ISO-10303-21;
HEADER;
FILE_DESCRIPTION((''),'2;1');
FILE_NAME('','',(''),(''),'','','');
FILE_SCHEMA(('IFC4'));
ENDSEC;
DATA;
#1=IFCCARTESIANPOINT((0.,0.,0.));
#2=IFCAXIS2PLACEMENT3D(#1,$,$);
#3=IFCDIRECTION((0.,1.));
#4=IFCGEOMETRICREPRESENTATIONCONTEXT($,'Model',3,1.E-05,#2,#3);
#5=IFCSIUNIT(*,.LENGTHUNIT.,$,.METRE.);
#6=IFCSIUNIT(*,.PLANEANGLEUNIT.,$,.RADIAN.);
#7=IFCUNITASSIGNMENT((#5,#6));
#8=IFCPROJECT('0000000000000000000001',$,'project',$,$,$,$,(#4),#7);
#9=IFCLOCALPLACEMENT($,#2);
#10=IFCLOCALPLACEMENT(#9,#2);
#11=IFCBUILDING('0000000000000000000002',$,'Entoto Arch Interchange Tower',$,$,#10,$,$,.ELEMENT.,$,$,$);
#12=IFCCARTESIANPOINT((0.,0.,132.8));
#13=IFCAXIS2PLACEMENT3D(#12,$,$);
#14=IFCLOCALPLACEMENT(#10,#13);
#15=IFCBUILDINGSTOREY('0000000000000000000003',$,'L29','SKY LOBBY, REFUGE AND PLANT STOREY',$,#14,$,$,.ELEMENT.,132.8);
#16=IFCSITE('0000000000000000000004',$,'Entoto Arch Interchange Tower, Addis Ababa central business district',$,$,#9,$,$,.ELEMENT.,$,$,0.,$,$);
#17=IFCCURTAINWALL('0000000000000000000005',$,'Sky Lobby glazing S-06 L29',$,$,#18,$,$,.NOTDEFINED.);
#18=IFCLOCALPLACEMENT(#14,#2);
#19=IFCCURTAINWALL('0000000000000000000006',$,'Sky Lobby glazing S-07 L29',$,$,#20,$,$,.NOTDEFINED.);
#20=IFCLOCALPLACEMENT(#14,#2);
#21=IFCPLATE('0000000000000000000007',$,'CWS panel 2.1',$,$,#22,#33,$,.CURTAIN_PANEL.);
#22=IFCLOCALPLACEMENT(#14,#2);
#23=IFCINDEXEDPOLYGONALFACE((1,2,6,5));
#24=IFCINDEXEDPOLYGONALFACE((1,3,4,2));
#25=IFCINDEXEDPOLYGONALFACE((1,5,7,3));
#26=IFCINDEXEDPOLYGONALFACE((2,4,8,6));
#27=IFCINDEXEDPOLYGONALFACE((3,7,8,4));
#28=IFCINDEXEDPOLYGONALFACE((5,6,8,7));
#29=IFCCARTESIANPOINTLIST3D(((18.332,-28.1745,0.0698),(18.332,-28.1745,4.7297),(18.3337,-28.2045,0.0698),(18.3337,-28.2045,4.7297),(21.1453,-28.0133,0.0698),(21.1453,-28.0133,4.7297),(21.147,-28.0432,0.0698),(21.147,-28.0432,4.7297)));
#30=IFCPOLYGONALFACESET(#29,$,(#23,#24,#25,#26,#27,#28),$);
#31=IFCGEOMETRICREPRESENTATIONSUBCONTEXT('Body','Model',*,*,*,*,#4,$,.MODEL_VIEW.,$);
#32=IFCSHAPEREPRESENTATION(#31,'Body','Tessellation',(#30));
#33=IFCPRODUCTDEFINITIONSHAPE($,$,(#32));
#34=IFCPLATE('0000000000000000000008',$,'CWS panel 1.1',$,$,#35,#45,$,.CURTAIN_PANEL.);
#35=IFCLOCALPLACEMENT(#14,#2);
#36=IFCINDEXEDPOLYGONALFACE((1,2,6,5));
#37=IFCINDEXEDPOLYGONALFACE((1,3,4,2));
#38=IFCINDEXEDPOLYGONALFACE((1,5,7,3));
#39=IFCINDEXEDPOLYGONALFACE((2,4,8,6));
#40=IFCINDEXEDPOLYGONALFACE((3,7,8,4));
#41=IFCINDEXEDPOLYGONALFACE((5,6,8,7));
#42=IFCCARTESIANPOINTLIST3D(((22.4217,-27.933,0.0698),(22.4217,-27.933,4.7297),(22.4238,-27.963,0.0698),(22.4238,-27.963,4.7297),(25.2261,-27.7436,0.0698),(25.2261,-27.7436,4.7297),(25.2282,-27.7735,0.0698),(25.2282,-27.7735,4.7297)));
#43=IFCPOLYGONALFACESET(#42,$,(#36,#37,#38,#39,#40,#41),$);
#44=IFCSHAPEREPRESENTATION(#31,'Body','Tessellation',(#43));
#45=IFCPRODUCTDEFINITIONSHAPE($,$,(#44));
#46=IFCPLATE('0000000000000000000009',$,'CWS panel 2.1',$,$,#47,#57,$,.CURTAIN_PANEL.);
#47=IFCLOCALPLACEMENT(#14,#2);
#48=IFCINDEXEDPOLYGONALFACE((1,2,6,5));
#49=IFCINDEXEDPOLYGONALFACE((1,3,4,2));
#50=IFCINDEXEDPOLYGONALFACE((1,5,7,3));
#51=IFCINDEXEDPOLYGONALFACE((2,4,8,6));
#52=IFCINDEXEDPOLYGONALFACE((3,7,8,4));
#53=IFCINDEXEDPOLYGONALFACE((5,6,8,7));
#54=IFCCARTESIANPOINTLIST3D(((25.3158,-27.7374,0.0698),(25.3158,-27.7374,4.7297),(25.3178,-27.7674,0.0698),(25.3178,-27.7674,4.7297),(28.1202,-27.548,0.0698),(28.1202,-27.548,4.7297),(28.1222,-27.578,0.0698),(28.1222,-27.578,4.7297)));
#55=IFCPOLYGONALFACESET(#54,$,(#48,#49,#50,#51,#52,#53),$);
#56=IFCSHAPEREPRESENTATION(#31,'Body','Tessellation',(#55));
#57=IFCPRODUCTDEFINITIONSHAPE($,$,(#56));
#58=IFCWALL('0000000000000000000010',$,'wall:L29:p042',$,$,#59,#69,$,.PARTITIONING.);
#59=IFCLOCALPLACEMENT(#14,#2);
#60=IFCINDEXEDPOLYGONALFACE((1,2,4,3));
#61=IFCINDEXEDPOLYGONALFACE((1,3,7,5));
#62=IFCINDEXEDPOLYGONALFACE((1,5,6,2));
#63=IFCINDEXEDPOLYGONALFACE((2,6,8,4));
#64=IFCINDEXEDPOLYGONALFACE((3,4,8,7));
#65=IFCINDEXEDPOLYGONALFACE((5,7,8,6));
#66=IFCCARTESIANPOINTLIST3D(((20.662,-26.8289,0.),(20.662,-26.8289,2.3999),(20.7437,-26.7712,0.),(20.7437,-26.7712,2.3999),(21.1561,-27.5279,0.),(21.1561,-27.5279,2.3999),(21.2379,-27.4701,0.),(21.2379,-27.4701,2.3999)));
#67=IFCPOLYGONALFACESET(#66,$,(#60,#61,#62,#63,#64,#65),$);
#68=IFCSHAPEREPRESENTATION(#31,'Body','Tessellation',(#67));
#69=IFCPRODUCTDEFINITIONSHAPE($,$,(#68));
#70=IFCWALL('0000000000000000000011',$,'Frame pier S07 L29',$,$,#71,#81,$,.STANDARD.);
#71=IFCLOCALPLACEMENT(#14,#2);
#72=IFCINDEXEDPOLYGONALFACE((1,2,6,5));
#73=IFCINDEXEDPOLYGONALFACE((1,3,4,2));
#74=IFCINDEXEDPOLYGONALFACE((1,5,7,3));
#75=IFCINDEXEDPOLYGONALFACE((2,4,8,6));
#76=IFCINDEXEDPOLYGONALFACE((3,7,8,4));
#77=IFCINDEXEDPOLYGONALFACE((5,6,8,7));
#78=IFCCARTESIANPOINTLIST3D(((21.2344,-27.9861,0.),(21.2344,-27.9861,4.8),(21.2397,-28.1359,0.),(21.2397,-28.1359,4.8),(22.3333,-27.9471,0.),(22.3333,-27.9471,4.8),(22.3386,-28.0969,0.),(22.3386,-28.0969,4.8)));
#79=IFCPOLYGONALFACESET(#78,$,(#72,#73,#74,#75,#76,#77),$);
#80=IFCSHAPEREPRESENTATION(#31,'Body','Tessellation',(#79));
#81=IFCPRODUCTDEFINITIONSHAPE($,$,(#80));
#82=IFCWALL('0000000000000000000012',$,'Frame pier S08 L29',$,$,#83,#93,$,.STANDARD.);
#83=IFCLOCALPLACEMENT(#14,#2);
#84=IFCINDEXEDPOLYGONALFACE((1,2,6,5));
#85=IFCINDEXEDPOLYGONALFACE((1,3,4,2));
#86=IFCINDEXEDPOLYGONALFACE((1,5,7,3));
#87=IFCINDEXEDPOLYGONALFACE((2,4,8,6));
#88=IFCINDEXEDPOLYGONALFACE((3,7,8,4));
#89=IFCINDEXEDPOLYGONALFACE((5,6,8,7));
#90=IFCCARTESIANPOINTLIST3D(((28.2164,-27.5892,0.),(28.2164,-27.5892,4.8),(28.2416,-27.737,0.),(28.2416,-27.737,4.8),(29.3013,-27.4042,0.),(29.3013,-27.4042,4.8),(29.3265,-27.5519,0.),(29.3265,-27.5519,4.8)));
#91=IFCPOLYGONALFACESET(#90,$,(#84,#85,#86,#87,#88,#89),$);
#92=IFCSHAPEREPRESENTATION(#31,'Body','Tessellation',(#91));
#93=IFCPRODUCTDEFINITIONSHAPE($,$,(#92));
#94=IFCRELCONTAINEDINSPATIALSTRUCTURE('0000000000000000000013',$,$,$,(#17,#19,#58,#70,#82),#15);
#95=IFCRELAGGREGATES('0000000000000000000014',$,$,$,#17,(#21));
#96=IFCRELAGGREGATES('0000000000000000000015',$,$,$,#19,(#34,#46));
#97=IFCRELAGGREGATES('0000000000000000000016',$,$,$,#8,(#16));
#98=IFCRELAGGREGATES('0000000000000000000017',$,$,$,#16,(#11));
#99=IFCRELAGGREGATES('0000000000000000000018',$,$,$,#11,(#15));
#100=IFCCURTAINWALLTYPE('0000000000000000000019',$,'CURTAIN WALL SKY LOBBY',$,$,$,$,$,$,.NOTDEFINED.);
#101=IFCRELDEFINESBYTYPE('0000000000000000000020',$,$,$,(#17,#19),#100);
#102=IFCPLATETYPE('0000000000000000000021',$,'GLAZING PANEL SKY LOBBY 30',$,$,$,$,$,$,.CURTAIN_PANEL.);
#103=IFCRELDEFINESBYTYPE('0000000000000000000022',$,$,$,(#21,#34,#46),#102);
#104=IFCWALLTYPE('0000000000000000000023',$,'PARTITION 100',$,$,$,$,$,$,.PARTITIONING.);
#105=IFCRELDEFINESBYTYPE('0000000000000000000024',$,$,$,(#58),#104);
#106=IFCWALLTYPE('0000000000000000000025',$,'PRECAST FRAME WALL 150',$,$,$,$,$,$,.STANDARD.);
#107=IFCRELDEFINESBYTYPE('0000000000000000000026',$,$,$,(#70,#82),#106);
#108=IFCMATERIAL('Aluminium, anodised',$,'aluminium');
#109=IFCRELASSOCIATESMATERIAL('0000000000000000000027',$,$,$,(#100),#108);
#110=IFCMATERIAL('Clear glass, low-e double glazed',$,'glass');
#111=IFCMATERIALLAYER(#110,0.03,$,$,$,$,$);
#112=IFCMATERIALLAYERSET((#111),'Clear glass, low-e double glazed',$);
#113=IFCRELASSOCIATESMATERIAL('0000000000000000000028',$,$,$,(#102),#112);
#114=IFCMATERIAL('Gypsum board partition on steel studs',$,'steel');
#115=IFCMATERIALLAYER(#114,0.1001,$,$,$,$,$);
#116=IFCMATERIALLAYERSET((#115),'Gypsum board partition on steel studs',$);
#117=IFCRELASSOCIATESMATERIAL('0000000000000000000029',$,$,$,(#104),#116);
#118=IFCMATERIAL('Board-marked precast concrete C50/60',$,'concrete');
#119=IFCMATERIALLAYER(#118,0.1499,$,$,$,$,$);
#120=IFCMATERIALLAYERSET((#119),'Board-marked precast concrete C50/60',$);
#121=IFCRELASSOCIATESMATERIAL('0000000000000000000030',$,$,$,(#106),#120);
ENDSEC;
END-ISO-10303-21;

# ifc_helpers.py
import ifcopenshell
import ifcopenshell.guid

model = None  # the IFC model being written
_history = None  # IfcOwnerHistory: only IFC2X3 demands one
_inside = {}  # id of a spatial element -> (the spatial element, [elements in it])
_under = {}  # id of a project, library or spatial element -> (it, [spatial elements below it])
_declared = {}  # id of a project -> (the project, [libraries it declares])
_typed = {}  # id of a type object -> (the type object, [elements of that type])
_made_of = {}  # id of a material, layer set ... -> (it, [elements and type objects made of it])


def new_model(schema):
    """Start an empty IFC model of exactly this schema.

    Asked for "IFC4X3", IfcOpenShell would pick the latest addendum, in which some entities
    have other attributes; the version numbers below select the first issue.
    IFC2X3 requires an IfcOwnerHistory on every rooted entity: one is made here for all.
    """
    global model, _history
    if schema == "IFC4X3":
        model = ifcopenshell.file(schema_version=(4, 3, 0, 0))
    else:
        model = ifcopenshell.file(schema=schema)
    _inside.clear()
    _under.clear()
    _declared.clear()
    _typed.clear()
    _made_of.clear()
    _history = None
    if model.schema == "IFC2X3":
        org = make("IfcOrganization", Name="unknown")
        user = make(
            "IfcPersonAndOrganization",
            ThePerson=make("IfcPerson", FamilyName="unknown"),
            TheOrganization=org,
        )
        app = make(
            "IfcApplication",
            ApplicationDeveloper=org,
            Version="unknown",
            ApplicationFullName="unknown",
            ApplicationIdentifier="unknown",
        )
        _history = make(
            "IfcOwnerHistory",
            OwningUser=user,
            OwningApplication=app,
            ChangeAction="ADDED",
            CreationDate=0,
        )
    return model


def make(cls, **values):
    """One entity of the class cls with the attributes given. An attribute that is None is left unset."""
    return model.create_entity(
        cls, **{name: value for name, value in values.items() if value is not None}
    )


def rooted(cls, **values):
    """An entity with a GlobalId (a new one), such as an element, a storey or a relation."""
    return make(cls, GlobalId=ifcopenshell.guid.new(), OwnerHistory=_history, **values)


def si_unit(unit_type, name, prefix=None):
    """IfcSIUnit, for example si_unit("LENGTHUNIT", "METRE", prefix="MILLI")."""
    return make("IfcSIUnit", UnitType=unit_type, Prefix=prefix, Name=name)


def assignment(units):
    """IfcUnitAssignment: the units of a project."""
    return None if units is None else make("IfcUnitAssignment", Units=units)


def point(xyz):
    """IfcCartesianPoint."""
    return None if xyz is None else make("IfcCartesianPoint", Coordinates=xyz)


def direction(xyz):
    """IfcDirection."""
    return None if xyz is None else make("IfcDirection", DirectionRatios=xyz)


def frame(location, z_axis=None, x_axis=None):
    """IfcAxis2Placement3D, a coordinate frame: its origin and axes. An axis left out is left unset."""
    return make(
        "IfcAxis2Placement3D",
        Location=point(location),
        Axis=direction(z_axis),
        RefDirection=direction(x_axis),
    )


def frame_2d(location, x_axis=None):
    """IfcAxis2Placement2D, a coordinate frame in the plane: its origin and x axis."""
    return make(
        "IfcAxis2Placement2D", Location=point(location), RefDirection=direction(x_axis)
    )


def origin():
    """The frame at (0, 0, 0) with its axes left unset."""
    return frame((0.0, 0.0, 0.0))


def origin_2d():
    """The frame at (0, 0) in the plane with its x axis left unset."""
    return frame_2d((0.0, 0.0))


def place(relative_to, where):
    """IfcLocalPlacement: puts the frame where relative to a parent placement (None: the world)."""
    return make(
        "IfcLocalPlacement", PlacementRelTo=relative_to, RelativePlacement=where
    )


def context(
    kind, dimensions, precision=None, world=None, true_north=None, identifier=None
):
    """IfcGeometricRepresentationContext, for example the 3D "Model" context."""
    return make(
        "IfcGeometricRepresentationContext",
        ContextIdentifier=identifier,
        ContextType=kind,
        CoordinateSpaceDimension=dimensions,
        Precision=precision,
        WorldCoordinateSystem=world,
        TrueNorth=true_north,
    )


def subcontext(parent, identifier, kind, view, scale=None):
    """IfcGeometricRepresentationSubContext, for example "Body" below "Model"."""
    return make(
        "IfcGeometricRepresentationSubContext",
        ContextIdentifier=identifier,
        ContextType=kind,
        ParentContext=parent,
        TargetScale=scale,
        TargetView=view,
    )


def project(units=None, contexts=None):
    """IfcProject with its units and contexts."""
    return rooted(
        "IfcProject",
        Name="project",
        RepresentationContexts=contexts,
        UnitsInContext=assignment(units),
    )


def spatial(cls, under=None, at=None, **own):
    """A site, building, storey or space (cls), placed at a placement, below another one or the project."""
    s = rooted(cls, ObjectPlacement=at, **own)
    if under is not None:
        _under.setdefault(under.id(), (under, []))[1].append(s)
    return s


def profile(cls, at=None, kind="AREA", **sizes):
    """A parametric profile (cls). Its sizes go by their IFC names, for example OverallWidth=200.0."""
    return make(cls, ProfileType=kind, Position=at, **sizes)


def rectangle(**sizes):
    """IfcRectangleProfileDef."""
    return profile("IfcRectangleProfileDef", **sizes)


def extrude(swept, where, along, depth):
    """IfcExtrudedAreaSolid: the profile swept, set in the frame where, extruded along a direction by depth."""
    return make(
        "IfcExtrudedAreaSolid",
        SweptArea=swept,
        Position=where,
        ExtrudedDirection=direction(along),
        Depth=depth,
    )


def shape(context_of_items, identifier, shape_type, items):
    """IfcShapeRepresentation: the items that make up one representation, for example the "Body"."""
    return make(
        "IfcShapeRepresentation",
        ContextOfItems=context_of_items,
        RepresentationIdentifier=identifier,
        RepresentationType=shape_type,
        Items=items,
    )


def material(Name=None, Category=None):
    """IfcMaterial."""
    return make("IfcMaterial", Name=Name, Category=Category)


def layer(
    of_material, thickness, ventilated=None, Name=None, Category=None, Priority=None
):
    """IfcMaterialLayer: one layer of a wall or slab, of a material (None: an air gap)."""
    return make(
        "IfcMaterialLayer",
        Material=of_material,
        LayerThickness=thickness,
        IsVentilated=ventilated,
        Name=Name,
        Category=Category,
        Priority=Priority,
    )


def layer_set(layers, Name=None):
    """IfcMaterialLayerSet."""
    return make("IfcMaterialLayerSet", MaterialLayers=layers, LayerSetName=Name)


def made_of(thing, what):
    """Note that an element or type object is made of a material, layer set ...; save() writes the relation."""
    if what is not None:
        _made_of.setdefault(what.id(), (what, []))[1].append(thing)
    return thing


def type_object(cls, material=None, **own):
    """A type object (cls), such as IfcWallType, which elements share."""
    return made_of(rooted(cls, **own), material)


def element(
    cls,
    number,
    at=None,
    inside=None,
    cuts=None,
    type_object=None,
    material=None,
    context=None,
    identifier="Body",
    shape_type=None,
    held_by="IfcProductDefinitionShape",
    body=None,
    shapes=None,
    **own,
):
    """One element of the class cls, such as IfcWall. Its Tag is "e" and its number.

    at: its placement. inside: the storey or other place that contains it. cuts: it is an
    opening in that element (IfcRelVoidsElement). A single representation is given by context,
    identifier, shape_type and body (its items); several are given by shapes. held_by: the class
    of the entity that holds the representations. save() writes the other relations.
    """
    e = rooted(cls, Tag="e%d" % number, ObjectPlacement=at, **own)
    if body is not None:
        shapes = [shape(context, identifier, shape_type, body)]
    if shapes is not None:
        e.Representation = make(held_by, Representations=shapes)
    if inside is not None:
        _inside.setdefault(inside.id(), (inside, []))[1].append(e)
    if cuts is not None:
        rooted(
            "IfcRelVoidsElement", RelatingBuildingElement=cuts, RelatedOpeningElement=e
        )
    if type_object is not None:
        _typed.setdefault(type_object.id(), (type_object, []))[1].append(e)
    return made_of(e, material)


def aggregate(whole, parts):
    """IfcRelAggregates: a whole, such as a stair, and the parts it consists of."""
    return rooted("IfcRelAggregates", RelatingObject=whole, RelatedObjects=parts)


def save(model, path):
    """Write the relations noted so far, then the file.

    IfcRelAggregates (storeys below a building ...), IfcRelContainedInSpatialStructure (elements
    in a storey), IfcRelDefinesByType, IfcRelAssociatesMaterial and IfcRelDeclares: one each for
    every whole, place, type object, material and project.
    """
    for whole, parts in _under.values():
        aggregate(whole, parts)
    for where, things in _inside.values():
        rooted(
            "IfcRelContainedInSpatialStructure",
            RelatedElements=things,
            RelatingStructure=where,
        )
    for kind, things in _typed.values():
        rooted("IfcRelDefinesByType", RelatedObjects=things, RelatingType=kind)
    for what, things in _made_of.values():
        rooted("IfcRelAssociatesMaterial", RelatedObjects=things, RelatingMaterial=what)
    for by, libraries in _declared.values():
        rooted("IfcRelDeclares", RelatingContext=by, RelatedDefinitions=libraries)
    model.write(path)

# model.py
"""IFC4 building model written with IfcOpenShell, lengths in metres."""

from ifc_helpers import new_model, si_unit, direction, frame, frame_2d, origin, origin_2d, place, context, subcontext, project, spatial, rectangle, extrude, material, layer, layer_set, type_object, element, aggregate, save


model = new_model("IFC4")

# Units and contexts
model_context = context("Model", 3, precision=1e-05, world=origin(), true_north=direction((0.0, 1.0)))
body_context = subcontext(model_context, "Body", "Model", "MODEL_VIEW")
ifc_project = project(units=[si_unit("LENGTHUNIT", "METRE"), si_unit("PLANEANGLEUNIT", "RADIAN")], contexts=[model_context])

# Site, building, storey
site_placement = place(None, origin())
site = spatial("IfcSite", under=ifc_project, at=site_placement, Name="Entoto Arch Interchange Tower, Addis Ababa central business district", CompositionType="ELEMENT", RefElevation=0.0)
building_placement = place(site_placement, origin())
building = spatial("IfcBuilding", under=site, at=building_placement, Name="Entoto Arch Interchange Tower", CompositionType="ELEMENT")
storey_placement = place(building_placement, frame((0.0, 0.0, 132.8)))
storey = spatial("IfcBuildingStorey", under=building, at=storey_placement, Name="L29", Description="SKY LOBBY, REFUGE AND PLANT STOREY", CompositionType="ELEMENT", Elevation=132.8)

# Curtain wall
ifc_material_1 = material(Name="Aluminium, anodised", Category="aluminium")
curtain_wall_type = type_object("IfcCurtainWallType", Name="CURTAIN WALL SKY LOBBY", PredefinedType="NOTDEFINED", material=ifc_material_1)
curtain_wall_1_placement = place(storey_placement, origin())
curtain_wall_1 = element("IfcCurtainWall", 1, at=curtain_wall_1_placement, inside=storey, type_object=curtain_wall_type, Name="Sky Lobby glazing S-06 L29", PredefinedType="NOTDEFINED")

# Curtain wall
curtain_wall_2_placement = place(storey_placement, origin())
curtain_wall_2 = element("IfcCurtainWall", 2, at=curtain_wall_2_placement, inside=storey, type_object=curtain_wall_type, Name="Sky Lobby glazing S-07 L29", PredefinedType="NOTDEFINED")

# Plates
ifc_material_2 = material(Name="Clear glass, low-e double glazed", Category="glass")
ifc_layer_1 = layer(ifc_material_2, 0.03)
ifc_layer_set_1 = layer_set([ifc_layer_1], Name="Clear glass, low-e double glazed")
plate_type = type_object("IfcPlateType", Name="GLAZING PANEL SKY LOBBY 30", PredefinedType="CURTAIN_PANEL", material=ifc_layer_set_1)
plate_1_placement = place(storey_placement, frame((19.7395, -28.1089, 0.0698), z_axis=(0.0, 0.0, 1.0), x_axis=(0.998361, 0.057233, 0.0)))
plate_1 = element("IfcPlate", 3, at=plate_1_placement, type_object=plate_type, Name="CWS panel 2.1", PredefinedType="CURTAIN_PANEL", context=body_context, shape_type="SweptSolid", body=[
    extrude(rectangle(XDim=2.8179, YDim=0.03, at=origin_2d()), origin(), (0.0, 0.0, 1.0), 4.6599),
])
aggregate(curtain_wall_1, [plate_1])
plate_2_placement = place(storey_placement, frame((23.825, -27.8533, 0.0698), z_axis=(0.0, 0.0, 1.0), x_axis=(0.997727, 0.067386, 0.0)))
plate_2 = element("IfcPlate", 4, at=plate_2_placement, type_object=plate_type, Name="CWS panel 1.1", PredefinedType="CURTAIN_PANEL", context=body_context, shape_type="SweptSolid", body=[
    extrude(rectangle(XDim=2.8108, YDim=0.03, at=origin_2d()), origin(), (0.0, 0.0, 1.0), 4.6599),
])
plate_3_placement = place(storey_placement, frame((26.719, -27.6577, 0.0698), z_axis=(0.0, 0.0, 1.0), x_axis=(0.997727, 0.067386, 0.0)))
plate_3 = element("IfcPlate", 5, at=plate_3_placement, type_object=plate_type, Name="CWS panel 2.1", PredefinedType="CURTAIN_PANEL", context=body_context, shape_type="SweptSolid", body=[
    extrude(rectangle(XDim=2.8108, YDim=0.03, at=origin_2d()), origin(), (0.0, 0.0, 1.0), 4.6599),
])
aggregate(curtain_wall_2, [plate_2, plate_3])

# Walls
ifc_material_3 = material(Name="Gypsum board partition on steel studs", Category="steel")
ifc_layer_2 = layer(ifc_material_3, 0.1001)
ifc_layer_set_2 = layer_set([ifc_layer_2], Name="Gypsum board partition on steel studs")
wall_type_1 = type_object("IfcWallType", Name="PARTITION 100", PredefinedType="PARTITIONING", material=ifc_layer_set_2)
wall_1_placement = place(storey_placement, frame((20.7029, -26.8, 0.0), z_axis=(0.0, 0.0, 1.0), x_axis=(0.577265, -0.816557, 0.0)))
element("IfcWall", 6, at=wall_1_placement, inside=storey, type_object=wall_type_1, Name="wall:L29:p042", PredefinedType="PARTITIONING", context=body_context, shape_type="SweptSolid", body=[
    extrude(rectangle(XDim=0.856, YDim=0.1001, at=frame_2d((0.428, 0.0))), origin(), (0.0, 0.0, 1.0), 2.3999),
])
ifc_material_4 = material(Name="Board-marked precast concrete C50/60", Category="concrete")
ifc_layer_3 = layer(ifc_material_4, 0.1499)
ifc_layer_set_3 = layer_set([ifc_layer_3], Name="Board-marked precast concrete C50/60")
wall_type_2 = type_object("IfcWallType", Name="PRECAST FRAME WALL 150", PredefinedType="STANDARD", material=ifc_layer_set_3)
wall_2_placement = place(storey_placement, frame((21.2371, -28.061, 0.0), z_axis=(0.0, 0.0, 1.0), x_axis=(0.999369, 0.035525, 0.0)))
element("IfcWall", 7, at=wall_2_placement, inside=storey, type_object=wall_type_2, Name="Frame pier S07 L29", PredefinedType="STANDARD", context=body_context, shape_type="SweptSolid", body=[
    extrude(rectangle(XDim=1.0996, YDim=0.1499, at=frame_2d((0.5498, 0.0))), origin(), (0.0, 0.0, 1.0), 4.8),
])
wall_3_placement = place(storey_placement, frame((28.229, -27.6631, 0.0), z_axis=(0.0, 0.0, 1.0), x_axis=(0.985763, 0.168139, 0.0)))
element("IfcWall", 8, at=wall_3_placement, inside=storey, type_object=wall_type_2, Name="Frame pier S08 L29", PredefinedType="STANDARD", context=body_context, shape_type="SweptSolid", body=[
    extrude(rectangle(XDim=1.1006, YDim=0.1499, at=frame_2d((0.5503, 0.0))), origin(), (0.0, 0.0, 1.0), 4.8),
])

save(model, "model.ifc")
